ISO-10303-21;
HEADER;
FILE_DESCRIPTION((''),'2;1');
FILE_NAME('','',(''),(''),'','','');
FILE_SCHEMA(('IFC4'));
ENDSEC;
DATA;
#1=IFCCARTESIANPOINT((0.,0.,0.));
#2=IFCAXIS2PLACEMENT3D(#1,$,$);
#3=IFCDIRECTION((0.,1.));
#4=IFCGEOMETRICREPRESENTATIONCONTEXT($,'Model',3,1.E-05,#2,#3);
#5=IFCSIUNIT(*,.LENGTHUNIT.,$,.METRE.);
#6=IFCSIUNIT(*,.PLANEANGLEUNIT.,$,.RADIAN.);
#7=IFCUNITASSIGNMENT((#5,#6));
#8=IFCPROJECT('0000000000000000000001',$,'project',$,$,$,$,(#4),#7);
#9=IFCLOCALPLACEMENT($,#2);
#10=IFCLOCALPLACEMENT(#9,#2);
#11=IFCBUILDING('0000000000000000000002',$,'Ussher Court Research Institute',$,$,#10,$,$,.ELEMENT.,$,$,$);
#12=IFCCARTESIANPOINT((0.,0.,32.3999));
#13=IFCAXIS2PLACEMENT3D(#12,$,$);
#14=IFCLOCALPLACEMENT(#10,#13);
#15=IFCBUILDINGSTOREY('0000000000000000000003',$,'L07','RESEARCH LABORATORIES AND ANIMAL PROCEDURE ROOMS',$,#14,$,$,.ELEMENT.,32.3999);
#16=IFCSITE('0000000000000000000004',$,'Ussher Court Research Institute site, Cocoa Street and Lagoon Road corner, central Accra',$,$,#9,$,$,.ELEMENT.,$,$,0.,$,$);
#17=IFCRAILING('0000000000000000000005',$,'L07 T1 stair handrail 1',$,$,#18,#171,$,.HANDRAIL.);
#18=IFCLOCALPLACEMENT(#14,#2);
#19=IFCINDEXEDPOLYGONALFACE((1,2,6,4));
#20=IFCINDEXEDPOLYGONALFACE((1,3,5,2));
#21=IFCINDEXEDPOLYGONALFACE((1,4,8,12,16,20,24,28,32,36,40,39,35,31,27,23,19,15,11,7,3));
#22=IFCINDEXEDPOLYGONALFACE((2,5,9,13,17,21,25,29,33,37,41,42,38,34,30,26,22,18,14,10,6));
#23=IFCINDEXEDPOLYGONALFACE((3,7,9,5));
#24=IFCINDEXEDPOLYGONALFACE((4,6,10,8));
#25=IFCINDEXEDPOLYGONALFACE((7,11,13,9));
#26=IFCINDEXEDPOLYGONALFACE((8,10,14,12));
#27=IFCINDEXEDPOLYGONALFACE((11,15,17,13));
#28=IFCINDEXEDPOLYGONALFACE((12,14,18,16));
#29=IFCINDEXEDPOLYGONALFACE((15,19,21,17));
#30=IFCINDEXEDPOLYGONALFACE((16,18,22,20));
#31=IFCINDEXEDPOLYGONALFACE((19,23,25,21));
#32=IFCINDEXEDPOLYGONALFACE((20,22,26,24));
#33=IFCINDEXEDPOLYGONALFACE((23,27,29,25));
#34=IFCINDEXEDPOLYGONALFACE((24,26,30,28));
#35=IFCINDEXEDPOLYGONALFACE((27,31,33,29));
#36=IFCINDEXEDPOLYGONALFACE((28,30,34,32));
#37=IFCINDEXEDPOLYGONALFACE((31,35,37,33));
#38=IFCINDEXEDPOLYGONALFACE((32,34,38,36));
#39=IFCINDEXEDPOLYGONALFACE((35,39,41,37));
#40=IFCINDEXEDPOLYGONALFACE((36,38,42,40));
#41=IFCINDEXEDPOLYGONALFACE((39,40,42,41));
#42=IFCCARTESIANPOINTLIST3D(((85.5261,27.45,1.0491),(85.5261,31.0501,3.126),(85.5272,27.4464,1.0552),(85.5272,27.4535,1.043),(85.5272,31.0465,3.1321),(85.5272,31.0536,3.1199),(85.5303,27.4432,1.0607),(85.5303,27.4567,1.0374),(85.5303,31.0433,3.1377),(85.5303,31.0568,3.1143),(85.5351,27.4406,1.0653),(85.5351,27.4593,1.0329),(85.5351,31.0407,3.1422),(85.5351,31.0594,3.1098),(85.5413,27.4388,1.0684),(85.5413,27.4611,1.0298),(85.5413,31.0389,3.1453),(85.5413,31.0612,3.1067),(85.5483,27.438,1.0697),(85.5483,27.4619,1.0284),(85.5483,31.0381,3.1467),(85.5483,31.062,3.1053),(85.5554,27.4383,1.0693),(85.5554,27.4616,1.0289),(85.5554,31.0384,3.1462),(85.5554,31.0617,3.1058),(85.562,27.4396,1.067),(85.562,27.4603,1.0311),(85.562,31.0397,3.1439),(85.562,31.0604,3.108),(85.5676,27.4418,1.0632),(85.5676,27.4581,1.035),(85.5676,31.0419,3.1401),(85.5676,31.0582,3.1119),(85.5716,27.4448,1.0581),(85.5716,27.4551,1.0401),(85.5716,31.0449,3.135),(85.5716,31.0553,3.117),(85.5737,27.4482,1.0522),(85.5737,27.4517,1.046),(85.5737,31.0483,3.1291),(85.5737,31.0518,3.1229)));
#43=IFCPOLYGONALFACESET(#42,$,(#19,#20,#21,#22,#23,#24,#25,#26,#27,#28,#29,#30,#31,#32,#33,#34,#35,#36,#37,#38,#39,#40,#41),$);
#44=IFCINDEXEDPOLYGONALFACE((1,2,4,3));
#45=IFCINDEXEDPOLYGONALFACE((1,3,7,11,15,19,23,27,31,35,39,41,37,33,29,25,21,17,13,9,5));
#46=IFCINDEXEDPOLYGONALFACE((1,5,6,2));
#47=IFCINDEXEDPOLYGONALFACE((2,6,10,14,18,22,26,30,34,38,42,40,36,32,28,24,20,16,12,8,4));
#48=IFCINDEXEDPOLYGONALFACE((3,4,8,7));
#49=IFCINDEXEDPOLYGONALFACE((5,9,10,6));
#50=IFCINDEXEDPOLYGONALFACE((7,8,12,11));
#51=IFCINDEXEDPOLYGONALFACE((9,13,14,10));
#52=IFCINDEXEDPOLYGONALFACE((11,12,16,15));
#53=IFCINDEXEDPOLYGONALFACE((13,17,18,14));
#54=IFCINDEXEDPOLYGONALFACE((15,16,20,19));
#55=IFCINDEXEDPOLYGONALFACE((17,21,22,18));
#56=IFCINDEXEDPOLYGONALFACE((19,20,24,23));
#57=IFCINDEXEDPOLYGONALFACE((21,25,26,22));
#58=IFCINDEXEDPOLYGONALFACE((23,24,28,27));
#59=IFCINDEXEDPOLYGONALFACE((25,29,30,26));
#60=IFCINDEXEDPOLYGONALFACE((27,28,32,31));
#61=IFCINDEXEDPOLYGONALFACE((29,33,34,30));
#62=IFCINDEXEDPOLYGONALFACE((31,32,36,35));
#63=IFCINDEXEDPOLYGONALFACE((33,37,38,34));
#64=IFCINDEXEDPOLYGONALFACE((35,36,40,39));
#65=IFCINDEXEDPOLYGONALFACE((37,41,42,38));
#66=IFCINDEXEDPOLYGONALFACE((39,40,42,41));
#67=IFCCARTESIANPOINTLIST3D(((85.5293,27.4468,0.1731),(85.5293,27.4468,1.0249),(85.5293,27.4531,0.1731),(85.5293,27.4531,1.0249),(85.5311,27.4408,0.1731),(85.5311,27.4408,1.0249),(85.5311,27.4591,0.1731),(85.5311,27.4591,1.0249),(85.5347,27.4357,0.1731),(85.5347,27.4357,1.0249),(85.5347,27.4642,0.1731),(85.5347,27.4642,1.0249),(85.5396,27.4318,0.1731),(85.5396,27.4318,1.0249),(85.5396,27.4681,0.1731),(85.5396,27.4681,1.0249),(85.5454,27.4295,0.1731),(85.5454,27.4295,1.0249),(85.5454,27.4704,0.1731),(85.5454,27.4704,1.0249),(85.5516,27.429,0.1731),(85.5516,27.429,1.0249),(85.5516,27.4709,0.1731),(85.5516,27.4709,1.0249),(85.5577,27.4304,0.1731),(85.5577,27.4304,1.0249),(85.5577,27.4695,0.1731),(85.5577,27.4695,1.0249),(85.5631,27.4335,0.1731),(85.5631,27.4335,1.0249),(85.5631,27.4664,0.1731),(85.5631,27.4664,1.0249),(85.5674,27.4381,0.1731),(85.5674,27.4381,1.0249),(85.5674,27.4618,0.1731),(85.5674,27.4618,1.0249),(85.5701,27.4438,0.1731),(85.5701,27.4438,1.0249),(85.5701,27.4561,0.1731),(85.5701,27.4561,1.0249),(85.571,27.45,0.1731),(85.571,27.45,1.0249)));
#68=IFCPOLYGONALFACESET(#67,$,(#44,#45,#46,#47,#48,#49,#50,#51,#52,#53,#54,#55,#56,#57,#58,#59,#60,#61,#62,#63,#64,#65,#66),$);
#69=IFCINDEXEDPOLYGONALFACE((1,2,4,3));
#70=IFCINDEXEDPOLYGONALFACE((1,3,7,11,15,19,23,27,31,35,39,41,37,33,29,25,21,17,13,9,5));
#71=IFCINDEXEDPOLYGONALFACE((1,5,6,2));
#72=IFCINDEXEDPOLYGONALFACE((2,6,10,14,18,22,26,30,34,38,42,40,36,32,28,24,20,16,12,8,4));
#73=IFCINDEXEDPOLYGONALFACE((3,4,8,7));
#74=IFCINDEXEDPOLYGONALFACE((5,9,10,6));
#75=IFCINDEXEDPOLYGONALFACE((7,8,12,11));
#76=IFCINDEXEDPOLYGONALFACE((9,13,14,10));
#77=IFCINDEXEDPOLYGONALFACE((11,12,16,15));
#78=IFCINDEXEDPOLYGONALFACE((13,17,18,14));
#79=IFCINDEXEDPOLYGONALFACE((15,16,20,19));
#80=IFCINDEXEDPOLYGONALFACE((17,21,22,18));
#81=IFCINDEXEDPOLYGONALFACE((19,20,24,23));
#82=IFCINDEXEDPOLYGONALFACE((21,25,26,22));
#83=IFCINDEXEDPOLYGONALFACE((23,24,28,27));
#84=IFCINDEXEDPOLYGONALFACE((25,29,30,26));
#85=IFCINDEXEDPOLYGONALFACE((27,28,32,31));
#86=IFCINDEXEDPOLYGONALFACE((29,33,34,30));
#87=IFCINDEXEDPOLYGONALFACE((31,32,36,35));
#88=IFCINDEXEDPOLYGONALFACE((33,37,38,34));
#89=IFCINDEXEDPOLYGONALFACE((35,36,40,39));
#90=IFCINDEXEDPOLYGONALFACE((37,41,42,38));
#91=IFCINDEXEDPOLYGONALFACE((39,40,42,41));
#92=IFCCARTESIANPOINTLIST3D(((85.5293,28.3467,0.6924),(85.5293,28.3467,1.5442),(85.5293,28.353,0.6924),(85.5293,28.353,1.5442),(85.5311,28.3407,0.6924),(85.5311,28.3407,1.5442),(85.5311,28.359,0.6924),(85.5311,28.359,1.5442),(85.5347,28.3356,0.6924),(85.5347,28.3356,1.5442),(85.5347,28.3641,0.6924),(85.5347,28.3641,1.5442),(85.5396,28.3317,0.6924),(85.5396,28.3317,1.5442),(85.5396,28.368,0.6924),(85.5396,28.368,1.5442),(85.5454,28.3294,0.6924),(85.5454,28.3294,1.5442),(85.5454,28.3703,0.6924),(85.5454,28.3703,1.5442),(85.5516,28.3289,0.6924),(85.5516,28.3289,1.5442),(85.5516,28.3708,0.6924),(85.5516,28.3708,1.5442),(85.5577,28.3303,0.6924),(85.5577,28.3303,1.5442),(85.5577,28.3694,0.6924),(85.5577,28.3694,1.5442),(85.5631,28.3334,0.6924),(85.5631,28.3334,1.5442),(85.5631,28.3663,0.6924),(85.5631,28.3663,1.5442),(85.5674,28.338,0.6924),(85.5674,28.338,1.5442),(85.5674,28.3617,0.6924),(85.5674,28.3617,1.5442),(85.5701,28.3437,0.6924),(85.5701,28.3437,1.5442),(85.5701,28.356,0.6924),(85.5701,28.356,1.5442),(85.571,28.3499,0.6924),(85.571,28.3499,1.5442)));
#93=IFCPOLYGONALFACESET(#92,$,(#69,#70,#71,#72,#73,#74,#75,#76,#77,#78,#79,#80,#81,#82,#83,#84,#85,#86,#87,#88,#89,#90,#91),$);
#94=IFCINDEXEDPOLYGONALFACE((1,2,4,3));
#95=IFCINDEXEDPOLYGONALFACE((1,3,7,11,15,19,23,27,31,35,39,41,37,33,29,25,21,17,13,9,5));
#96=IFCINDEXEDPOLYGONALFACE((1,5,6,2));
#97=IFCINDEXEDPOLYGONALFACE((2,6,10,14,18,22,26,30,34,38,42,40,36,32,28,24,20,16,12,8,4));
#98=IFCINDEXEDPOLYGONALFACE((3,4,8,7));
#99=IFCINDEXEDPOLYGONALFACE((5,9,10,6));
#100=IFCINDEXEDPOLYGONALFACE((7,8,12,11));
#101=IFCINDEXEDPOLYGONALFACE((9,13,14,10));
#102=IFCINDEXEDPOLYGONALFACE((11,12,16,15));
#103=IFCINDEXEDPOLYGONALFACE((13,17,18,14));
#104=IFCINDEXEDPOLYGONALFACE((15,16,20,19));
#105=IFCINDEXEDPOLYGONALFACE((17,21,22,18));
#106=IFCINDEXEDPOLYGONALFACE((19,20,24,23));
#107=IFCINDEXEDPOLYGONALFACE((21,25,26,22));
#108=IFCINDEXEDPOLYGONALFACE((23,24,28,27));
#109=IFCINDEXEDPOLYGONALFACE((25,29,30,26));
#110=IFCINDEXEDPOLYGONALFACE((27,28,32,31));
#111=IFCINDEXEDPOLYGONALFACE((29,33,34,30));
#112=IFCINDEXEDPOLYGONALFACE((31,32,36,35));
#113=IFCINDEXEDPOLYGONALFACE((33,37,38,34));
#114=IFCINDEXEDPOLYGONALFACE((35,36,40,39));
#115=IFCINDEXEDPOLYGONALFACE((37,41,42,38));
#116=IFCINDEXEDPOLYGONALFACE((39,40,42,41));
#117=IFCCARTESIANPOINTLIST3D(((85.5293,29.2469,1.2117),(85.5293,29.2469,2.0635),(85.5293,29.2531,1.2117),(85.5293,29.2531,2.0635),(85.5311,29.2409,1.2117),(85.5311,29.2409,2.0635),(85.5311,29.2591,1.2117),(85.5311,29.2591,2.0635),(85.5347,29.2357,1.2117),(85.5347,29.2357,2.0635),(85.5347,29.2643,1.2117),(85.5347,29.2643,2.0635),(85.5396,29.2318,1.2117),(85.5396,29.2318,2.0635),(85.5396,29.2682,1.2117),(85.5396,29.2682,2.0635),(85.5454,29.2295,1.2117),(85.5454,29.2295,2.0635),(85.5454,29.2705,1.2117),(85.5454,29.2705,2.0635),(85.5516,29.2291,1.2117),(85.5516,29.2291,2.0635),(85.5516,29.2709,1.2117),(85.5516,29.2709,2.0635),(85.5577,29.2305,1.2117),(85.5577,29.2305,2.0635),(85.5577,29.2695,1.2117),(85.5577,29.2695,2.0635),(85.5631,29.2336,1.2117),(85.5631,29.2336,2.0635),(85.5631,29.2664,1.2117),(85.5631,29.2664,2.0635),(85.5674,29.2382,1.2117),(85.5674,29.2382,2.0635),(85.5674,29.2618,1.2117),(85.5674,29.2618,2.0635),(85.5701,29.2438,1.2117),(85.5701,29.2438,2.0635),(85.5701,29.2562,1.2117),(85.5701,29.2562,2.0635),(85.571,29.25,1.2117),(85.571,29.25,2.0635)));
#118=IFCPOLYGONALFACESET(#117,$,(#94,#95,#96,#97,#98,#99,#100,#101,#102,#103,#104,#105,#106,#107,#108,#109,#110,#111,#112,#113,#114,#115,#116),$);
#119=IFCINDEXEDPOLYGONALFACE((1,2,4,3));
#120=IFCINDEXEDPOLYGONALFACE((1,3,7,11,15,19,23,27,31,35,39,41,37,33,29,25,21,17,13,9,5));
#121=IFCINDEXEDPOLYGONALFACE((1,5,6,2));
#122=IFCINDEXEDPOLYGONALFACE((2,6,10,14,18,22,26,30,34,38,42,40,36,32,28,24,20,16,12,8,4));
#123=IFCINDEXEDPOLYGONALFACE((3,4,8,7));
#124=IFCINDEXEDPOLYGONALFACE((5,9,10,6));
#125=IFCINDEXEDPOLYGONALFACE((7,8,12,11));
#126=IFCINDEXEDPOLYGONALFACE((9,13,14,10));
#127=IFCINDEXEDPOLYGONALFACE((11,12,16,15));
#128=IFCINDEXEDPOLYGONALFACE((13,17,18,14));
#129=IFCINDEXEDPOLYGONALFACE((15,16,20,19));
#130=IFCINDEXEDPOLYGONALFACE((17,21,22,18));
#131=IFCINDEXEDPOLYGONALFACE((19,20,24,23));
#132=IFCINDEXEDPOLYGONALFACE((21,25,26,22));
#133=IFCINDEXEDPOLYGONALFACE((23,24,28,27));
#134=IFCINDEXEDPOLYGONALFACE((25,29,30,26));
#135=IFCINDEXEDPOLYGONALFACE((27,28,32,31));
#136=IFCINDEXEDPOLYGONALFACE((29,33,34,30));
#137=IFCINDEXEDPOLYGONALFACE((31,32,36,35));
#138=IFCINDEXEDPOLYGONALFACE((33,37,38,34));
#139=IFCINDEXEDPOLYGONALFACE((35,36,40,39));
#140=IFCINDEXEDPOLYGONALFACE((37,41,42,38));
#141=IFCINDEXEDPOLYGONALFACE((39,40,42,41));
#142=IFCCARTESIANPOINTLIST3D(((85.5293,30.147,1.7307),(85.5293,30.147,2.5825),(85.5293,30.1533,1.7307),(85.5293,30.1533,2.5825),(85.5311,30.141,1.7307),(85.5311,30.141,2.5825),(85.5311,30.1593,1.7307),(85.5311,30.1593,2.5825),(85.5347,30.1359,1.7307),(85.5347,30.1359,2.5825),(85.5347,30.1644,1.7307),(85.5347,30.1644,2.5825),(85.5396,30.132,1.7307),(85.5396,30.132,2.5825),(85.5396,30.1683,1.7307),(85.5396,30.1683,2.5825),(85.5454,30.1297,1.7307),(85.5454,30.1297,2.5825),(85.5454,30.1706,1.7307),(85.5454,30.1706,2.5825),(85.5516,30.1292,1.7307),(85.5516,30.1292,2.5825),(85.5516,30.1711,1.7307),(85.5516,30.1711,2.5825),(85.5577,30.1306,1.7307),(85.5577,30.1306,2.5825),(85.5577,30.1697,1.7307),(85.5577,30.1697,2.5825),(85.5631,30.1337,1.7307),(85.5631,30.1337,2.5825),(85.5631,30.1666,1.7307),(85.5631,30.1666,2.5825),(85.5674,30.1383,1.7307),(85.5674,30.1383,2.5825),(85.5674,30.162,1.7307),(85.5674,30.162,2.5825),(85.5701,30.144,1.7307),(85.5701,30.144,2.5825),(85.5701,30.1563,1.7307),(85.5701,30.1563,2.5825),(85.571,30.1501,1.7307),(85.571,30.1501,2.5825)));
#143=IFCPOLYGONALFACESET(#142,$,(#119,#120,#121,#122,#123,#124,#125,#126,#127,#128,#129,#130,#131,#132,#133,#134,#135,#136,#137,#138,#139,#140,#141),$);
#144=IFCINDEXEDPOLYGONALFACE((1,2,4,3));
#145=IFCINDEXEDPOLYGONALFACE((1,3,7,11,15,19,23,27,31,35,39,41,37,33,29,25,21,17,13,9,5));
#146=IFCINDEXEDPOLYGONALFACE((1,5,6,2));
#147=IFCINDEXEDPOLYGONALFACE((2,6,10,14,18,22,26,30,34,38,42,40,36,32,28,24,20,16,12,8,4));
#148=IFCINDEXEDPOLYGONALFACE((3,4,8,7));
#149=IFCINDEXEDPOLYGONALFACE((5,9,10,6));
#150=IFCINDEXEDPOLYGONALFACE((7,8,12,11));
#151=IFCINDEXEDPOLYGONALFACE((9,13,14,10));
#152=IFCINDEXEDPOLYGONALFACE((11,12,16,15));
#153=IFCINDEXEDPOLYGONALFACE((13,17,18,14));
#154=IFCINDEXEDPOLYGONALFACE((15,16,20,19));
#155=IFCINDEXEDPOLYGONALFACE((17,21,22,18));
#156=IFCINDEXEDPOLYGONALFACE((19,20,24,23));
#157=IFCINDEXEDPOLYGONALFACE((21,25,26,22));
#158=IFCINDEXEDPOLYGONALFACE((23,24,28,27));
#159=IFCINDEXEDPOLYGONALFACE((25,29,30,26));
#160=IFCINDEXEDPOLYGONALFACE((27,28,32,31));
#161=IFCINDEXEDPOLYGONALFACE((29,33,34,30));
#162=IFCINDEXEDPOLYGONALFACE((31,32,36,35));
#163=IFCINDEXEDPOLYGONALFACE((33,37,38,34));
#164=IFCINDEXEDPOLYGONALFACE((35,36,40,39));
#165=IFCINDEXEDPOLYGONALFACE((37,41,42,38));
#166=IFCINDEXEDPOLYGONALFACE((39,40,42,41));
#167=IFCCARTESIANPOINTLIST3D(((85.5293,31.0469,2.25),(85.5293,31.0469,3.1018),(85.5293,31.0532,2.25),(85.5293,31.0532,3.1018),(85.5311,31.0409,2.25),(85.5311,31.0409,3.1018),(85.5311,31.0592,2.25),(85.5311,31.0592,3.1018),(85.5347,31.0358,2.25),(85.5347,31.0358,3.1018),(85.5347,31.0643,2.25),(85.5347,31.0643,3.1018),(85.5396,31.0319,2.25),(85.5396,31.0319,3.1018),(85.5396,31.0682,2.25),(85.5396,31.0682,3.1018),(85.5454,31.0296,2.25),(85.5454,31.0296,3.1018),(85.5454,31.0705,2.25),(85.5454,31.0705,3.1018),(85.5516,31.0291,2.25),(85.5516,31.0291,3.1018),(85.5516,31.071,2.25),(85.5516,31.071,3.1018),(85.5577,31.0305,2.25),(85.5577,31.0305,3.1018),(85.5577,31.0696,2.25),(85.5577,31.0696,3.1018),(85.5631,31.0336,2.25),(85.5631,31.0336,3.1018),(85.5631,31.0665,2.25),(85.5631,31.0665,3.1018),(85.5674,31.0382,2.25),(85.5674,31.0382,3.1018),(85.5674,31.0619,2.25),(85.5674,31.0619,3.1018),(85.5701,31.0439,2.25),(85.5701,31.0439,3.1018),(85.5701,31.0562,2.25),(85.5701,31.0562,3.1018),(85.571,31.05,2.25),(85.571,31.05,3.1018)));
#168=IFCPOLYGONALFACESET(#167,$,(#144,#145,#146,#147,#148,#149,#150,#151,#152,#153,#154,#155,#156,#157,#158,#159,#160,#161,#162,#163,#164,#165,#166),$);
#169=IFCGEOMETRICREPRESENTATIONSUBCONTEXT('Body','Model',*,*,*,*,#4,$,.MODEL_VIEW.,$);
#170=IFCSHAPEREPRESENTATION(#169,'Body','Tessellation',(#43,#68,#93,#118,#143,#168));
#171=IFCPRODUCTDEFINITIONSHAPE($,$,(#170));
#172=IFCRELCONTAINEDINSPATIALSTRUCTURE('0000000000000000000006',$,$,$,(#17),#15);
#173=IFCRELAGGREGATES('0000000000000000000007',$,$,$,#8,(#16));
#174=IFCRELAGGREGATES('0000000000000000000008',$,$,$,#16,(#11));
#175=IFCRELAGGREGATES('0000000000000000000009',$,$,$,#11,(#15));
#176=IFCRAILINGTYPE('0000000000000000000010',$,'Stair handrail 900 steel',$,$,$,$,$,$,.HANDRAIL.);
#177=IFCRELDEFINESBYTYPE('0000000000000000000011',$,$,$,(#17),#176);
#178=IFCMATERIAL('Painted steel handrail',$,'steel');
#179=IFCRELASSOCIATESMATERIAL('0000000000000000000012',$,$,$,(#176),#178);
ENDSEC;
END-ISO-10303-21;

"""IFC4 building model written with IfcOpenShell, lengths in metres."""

from ifc_helpers import new_model, si_unit, direction, frame, origin, origin_2d, place, context, subcontext, project, spatial, circle, extrude, material, type_object, element, save


model = new_model("IFC4")

# Units and contexts
model_context = context("Model", 3, precision=1e-05, world=origin(), true_north=direction((0.0, 1.0)))
body_context = subcontext(model_context, "Body", "Model", "MODEL_VIEW")
ifc_project = project(units=[si_unit("LENGTHUNIT", "METRE"), si_unit("PLANEANGLEUNIT", "RADIAN")], contexts=[model_context])

# Site, building, storey
site_placement = place(None, origin())
site = spatial("IfcSite", under=ifc_project, at=site_placement, Name="Ussher Court Research Institute site, Cocoa Street and Lagoon Road corner, central Accra", CompositionType="ELEMENT", RefElevation=0.0)
building_placement = place(site_placement, origin())
building = spatial("IfcBuilding", under=site, at=building_placement, Name="Ussher Court Research Institute", CompositionType="ELEMENT")
storey_placement = place(building_placement, frame((0.0, 0.0, 32.3999)))
storey = spatial("IfcBuildingStorey", under=building, at=storey_placement, Name="L07", Description="RESEARCH LABORATORIES AND ANIMAL PROCEDURE ROOMS", CompositionType="ELEMENT", Elevation=32.3999)

# Railing
ifc_material_1 = material(Name="Painted steel handrail", Category="steel")
railing_type_1 = type_object("IfcRailingType", Name="Stair handrail 900 steel", PredefinedType="HANDRAIL", material=ifc_material_1)
railing_1_placement = place(storey_placement, frame((85.55, 27.45, 0.1731)))
element("IfcRailing", 1, at=railing_1_placement, inside=storey, type_object=railing_type_1, Name="L07 T1 stair handrail 1", PredefinedType="HANDRAIL", context=body_context, shape_type="SweptSolid", body=[
    extrude(circle(Radius=0.0239, at=origin_2d()), frame((0.0, 0.0, 0.876), z_axis=(0.0, 0.866193, 0.499709), x_axis=(-1.0, 0.0, 0.0)), (0.0, 0.0, 1.0), 4.1562),
    extrude(circle(Radius=0.021, at=origin_2d()), origin(), (0.0, 0.0, 1.0), 0.8518),
    extrude(circle(Radius=0.021, at=origin_2d()), frame((0.0, 0.8999, 0.5193)), (0.0, 0.0, 1.0), 0.8518),
    extrude(circle(Radius=0.021, at=origin_2d()), frame((0.0, 1.8, 1.0386)), (0.0, 0.0, 1.0), 0.8518),
    extrude(circle(Radius=0.021, at=origin_2d()), frame((0.0, 2.7002, 1.5576)), (0.0, 0.0, 1.0), 0.8518),
    extrude(circle(Radius=0.021, at=origin_2d()), frame((0.0, 3.6001, 2.0769)), (0.0, 0.0, 1.0), 0.8518),
])

save(model, "model.ifc")
